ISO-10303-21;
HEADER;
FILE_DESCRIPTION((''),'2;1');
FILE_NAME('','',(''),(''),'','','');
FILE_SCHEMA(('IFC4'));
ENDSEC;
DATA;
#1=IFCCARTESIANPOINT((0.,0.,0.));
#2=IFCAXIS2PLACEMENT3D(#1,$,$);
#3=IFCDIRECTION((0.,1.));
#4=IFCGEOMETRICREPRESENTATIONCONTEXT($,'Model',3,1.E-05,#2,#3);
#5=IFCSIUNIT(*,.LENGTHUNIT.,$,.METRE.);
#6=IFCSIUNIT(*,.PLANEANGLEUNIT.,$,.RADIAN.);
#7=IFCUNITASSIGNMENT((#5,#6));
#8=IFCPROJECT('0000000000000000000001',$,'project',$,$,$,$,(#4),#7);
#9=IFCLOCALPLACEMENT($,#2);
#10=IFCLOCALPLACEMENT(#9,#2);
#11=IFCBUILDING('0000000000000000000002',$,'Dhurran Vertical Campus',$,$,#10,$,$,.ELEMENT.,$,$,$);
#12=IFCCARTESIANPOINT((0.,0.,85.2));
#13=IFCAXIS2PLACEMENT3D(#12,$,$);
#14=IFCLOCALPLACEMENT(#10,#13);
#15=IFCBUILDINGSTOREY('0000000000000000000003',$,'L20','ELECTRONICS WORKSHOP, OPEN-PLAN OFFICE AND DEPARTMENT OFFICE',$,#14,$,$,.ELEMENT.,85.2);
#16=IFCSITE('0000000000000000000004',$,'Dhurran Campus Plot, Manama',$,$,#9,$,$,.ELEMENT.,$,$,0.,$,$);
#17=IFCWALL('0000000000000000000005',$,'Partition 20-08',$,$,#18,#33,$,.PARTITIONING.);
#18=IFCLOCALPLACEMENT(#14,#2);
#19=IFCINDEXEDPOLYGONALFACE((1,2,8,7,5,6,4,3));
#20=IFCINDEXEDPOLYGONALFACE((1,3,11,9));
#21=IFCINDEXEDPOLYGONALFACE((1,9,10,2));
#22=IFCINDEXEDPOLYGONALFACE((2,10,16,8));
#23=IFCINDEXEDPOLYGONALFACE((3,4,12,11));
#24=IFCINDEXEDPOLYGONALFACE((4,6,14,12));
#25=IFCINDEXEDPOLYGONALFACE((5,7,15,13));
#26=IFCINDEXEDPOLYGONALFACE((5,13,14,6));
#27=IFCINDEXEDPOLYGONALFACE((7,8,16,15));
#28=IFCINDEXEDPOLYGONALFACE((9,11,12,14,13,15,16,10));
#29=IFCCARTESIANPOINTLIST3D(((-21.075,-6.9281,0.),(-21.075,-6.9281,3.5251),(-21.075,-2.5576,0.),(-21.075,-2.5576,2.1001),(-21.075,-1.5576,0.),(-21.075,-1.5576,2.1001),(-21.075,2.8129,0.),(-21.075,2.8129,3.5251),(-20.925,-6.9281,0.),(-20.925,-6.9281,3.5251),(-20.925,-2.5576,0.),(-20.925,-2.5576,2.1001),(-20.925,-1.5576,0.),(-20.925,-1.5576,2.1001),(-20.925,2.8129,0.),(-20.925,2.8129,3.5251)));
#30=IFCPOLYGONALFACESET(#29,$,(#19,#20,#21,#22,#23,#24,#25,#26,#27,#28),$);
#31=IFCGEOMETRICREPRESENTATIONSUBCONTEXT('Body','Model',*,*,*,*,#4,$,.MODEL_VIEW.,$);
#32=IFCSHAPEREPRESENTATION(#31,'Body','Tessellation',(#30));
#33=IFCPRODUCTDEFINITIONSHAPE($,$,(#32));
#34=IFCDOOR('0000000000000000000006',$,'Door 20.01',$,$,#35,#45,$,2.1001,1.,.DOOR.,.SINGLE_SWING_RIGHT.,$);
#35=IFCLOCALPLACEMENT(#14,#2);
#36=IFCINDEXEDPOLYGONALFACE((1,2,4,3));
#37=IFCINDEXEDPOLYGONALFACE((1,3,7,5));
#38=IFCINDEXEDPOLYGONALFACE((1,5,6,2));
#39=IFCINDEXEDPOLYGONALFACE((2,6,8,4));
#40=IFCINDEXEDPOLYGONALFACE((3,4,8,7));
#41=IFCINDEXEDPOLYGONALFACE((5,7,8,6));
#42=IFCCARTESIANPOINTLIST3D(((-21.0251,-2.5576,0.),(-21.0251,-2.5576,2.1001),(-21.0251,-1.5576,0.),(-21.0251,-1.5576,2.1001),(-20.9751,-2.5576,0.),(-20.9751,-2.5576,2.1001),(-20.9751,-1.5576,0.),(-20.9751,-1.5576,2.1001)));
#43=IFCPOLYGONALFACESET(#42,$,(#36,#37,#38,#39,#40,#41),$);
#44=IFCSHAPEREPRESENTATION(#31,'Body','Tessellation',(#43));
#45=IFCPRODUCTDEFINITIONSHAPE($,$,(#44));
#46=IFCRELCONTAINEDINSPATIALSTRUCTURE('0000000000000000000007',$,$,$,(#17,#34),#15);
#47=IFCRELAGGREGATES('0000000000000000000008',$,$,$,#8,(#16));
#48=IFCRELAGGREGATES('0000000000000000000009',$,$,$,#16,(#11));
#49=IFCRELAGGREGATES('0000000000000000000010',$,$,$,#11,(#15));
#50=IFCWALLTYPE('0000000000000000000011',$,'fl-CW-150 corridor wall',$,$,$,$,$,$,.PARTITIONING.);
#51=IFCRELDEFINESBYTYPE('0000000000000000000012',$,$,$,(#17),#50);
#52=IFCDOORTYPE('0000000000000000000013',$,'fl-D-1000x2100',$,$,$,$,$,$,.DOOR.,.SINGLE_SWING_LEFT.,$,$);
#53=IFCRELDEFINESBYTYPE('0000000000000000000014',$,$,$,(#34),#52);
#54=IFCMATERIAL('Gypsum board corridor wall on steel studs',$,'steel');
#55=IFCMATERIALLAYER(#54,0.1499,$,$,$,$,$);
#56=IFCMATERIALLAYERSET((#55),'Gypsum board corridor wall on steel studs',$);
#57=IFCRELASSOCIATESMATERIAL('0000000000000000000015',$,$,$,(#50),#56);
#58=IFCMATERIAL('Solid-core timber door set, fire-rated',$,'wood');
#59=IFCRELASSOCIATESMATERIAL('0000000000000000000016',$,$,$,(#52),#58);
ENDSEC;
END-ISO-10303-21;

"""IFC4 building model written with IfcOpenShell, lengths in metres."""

from ifc_helpers import new_model, si_unit, direction, frame, frame_2d, origin, place, context, subcontext, project, spatial, rectangle, extrude, material, layer, layer_set, type_object, element, fill, save


model = new_model("IFC4")

# Units and contexts
model_context = context("Model", 3, precision=1e-05, world=origin(), true_north=direction((0.0, 1.0)))
body_context = subcontext(model_context, "Body", "Model", "MODEL_VIEW")
ifc_project = project(units=[si_unit("LENGTHUNIT", "METRE"), si_unit("PLANEANGLEUNIT", "RADIAN")], contexts=[model_context])

# Site, building, storey
site_placement = place(None, origin())
site = spatial("IfcSite", under=ifc_project, at=site_placement, Name="Dhurran Campus Plot, Manama", CompositionType="ELEMENT", RefElevation=0.0)
building_placement = place(site_placement, origin())
building = spatial("IfcBuilding", under=site, at=building_placement, Name="Dhurran Vertical Campus", CompositionType="ELEMENT")
storey_placement = place(building_placement, frame((0.0, 0.0, 85.2)))
storey = spatial("IfcBuildingStorey", under=building, at=storey_placement, Name="L20", Description="ELECTRONICS WORKSHOP, OPEN-PLAN OFFICE AND DEPARTMENT OFFICE", CompositionType="ELEMENT", Elevation=85.2)

# Wall, opening, door
ifc_material_1 = material(Name="Gypsum board corridor wall on steel studs", Category="steel")
ifc_layer_1 = layer(ifc_material_1, 0.1499)
ifc_layer_set_1 = layer_set([ifc_layer_1], Name="Gypsum board corridor wall on steel studs")
wall_type_1 = type_object("IfcWallType", Name="fl-CW-150 corridor wall", PredefinedType="PARTITIONING", material=ifc_layer_set_1)
wall_1_placement = place(storey_placement, frame((-21.0, 2.813, 0.0), z_axis=(0.0, 0.0, 1.0), x_axis=(0.0, -1.0, 0.0)))
wall_1 = element("IfcWall", 1, at=wall_1_placement, inside=storey, type_object=wall_type_1, Name="Partition 20-08", PredefinedType="PARTITIONING", context=body_context, shape_type="SweptSolid", body=[
    extrude(rectangle(XDim=9.741, YDim=0.1499, at=frame_2d((4.8706, 0.0))), origin(), (0.0, 0.0, 1.0), 3.5251),
])
opening_1_placement = place(wall_1_placement, frame((4.3706, 0.0, 0.0)))
opening_1 = element("IfcOpeningElement", 2, at=opening_1_placement, cuts=wall_1, PredefinedType="OPENING", context=body_context, shape_type="SweptSolid", body=[
    extrude(rectangle(XDim=1.0, YDim=2.1001, at=frame_2d((0.5, 1.05))), frame((0.0, 0.085, 0.0), z_axis=(0.0, -1.0, 0.0), x_axis=(1.0, 0.0, 0.0)), (0.0, 0.0, 1.0), 0.1699),
])
ifc_material_2 = material(Name="Solid-core timber door set, fire-rated", Category="wood")
door_type_1 = type_object("IfcDoorType", Name="fl-D-1000x2100", OperationType="SINGLE_SWING_LEFT", PredefinedType="DOOR", material=ifc_material_2)
door_1_placement = place(opening_1_placement, origin())
door_1 = element("IfcDoor", 3, at=door_1_placement, inside=storey, type_object=door_type_1, Name="Door 20.01", OperationType="SINGLE_SWING_RIGHT", OverallHeight=2.1001, OverallWidth=1.0, PredefinedType="DOOR", context=body_context, shape_type="SweptSolid", body=[
    extrude(rectangle(XDim=1.0, YDim=2.1001, at=frame_2d((0.5, 1.05))), frame((0.0, 0.0249, 0.0), z_axis=(0.0, -1.0, 0.0), x_axis=(1.0, 0.0, 0.0)), (0.0, 0.0, 1.0), 0.05),
])
fill(opening_1, door_1)

save(model, "model.ifc")
